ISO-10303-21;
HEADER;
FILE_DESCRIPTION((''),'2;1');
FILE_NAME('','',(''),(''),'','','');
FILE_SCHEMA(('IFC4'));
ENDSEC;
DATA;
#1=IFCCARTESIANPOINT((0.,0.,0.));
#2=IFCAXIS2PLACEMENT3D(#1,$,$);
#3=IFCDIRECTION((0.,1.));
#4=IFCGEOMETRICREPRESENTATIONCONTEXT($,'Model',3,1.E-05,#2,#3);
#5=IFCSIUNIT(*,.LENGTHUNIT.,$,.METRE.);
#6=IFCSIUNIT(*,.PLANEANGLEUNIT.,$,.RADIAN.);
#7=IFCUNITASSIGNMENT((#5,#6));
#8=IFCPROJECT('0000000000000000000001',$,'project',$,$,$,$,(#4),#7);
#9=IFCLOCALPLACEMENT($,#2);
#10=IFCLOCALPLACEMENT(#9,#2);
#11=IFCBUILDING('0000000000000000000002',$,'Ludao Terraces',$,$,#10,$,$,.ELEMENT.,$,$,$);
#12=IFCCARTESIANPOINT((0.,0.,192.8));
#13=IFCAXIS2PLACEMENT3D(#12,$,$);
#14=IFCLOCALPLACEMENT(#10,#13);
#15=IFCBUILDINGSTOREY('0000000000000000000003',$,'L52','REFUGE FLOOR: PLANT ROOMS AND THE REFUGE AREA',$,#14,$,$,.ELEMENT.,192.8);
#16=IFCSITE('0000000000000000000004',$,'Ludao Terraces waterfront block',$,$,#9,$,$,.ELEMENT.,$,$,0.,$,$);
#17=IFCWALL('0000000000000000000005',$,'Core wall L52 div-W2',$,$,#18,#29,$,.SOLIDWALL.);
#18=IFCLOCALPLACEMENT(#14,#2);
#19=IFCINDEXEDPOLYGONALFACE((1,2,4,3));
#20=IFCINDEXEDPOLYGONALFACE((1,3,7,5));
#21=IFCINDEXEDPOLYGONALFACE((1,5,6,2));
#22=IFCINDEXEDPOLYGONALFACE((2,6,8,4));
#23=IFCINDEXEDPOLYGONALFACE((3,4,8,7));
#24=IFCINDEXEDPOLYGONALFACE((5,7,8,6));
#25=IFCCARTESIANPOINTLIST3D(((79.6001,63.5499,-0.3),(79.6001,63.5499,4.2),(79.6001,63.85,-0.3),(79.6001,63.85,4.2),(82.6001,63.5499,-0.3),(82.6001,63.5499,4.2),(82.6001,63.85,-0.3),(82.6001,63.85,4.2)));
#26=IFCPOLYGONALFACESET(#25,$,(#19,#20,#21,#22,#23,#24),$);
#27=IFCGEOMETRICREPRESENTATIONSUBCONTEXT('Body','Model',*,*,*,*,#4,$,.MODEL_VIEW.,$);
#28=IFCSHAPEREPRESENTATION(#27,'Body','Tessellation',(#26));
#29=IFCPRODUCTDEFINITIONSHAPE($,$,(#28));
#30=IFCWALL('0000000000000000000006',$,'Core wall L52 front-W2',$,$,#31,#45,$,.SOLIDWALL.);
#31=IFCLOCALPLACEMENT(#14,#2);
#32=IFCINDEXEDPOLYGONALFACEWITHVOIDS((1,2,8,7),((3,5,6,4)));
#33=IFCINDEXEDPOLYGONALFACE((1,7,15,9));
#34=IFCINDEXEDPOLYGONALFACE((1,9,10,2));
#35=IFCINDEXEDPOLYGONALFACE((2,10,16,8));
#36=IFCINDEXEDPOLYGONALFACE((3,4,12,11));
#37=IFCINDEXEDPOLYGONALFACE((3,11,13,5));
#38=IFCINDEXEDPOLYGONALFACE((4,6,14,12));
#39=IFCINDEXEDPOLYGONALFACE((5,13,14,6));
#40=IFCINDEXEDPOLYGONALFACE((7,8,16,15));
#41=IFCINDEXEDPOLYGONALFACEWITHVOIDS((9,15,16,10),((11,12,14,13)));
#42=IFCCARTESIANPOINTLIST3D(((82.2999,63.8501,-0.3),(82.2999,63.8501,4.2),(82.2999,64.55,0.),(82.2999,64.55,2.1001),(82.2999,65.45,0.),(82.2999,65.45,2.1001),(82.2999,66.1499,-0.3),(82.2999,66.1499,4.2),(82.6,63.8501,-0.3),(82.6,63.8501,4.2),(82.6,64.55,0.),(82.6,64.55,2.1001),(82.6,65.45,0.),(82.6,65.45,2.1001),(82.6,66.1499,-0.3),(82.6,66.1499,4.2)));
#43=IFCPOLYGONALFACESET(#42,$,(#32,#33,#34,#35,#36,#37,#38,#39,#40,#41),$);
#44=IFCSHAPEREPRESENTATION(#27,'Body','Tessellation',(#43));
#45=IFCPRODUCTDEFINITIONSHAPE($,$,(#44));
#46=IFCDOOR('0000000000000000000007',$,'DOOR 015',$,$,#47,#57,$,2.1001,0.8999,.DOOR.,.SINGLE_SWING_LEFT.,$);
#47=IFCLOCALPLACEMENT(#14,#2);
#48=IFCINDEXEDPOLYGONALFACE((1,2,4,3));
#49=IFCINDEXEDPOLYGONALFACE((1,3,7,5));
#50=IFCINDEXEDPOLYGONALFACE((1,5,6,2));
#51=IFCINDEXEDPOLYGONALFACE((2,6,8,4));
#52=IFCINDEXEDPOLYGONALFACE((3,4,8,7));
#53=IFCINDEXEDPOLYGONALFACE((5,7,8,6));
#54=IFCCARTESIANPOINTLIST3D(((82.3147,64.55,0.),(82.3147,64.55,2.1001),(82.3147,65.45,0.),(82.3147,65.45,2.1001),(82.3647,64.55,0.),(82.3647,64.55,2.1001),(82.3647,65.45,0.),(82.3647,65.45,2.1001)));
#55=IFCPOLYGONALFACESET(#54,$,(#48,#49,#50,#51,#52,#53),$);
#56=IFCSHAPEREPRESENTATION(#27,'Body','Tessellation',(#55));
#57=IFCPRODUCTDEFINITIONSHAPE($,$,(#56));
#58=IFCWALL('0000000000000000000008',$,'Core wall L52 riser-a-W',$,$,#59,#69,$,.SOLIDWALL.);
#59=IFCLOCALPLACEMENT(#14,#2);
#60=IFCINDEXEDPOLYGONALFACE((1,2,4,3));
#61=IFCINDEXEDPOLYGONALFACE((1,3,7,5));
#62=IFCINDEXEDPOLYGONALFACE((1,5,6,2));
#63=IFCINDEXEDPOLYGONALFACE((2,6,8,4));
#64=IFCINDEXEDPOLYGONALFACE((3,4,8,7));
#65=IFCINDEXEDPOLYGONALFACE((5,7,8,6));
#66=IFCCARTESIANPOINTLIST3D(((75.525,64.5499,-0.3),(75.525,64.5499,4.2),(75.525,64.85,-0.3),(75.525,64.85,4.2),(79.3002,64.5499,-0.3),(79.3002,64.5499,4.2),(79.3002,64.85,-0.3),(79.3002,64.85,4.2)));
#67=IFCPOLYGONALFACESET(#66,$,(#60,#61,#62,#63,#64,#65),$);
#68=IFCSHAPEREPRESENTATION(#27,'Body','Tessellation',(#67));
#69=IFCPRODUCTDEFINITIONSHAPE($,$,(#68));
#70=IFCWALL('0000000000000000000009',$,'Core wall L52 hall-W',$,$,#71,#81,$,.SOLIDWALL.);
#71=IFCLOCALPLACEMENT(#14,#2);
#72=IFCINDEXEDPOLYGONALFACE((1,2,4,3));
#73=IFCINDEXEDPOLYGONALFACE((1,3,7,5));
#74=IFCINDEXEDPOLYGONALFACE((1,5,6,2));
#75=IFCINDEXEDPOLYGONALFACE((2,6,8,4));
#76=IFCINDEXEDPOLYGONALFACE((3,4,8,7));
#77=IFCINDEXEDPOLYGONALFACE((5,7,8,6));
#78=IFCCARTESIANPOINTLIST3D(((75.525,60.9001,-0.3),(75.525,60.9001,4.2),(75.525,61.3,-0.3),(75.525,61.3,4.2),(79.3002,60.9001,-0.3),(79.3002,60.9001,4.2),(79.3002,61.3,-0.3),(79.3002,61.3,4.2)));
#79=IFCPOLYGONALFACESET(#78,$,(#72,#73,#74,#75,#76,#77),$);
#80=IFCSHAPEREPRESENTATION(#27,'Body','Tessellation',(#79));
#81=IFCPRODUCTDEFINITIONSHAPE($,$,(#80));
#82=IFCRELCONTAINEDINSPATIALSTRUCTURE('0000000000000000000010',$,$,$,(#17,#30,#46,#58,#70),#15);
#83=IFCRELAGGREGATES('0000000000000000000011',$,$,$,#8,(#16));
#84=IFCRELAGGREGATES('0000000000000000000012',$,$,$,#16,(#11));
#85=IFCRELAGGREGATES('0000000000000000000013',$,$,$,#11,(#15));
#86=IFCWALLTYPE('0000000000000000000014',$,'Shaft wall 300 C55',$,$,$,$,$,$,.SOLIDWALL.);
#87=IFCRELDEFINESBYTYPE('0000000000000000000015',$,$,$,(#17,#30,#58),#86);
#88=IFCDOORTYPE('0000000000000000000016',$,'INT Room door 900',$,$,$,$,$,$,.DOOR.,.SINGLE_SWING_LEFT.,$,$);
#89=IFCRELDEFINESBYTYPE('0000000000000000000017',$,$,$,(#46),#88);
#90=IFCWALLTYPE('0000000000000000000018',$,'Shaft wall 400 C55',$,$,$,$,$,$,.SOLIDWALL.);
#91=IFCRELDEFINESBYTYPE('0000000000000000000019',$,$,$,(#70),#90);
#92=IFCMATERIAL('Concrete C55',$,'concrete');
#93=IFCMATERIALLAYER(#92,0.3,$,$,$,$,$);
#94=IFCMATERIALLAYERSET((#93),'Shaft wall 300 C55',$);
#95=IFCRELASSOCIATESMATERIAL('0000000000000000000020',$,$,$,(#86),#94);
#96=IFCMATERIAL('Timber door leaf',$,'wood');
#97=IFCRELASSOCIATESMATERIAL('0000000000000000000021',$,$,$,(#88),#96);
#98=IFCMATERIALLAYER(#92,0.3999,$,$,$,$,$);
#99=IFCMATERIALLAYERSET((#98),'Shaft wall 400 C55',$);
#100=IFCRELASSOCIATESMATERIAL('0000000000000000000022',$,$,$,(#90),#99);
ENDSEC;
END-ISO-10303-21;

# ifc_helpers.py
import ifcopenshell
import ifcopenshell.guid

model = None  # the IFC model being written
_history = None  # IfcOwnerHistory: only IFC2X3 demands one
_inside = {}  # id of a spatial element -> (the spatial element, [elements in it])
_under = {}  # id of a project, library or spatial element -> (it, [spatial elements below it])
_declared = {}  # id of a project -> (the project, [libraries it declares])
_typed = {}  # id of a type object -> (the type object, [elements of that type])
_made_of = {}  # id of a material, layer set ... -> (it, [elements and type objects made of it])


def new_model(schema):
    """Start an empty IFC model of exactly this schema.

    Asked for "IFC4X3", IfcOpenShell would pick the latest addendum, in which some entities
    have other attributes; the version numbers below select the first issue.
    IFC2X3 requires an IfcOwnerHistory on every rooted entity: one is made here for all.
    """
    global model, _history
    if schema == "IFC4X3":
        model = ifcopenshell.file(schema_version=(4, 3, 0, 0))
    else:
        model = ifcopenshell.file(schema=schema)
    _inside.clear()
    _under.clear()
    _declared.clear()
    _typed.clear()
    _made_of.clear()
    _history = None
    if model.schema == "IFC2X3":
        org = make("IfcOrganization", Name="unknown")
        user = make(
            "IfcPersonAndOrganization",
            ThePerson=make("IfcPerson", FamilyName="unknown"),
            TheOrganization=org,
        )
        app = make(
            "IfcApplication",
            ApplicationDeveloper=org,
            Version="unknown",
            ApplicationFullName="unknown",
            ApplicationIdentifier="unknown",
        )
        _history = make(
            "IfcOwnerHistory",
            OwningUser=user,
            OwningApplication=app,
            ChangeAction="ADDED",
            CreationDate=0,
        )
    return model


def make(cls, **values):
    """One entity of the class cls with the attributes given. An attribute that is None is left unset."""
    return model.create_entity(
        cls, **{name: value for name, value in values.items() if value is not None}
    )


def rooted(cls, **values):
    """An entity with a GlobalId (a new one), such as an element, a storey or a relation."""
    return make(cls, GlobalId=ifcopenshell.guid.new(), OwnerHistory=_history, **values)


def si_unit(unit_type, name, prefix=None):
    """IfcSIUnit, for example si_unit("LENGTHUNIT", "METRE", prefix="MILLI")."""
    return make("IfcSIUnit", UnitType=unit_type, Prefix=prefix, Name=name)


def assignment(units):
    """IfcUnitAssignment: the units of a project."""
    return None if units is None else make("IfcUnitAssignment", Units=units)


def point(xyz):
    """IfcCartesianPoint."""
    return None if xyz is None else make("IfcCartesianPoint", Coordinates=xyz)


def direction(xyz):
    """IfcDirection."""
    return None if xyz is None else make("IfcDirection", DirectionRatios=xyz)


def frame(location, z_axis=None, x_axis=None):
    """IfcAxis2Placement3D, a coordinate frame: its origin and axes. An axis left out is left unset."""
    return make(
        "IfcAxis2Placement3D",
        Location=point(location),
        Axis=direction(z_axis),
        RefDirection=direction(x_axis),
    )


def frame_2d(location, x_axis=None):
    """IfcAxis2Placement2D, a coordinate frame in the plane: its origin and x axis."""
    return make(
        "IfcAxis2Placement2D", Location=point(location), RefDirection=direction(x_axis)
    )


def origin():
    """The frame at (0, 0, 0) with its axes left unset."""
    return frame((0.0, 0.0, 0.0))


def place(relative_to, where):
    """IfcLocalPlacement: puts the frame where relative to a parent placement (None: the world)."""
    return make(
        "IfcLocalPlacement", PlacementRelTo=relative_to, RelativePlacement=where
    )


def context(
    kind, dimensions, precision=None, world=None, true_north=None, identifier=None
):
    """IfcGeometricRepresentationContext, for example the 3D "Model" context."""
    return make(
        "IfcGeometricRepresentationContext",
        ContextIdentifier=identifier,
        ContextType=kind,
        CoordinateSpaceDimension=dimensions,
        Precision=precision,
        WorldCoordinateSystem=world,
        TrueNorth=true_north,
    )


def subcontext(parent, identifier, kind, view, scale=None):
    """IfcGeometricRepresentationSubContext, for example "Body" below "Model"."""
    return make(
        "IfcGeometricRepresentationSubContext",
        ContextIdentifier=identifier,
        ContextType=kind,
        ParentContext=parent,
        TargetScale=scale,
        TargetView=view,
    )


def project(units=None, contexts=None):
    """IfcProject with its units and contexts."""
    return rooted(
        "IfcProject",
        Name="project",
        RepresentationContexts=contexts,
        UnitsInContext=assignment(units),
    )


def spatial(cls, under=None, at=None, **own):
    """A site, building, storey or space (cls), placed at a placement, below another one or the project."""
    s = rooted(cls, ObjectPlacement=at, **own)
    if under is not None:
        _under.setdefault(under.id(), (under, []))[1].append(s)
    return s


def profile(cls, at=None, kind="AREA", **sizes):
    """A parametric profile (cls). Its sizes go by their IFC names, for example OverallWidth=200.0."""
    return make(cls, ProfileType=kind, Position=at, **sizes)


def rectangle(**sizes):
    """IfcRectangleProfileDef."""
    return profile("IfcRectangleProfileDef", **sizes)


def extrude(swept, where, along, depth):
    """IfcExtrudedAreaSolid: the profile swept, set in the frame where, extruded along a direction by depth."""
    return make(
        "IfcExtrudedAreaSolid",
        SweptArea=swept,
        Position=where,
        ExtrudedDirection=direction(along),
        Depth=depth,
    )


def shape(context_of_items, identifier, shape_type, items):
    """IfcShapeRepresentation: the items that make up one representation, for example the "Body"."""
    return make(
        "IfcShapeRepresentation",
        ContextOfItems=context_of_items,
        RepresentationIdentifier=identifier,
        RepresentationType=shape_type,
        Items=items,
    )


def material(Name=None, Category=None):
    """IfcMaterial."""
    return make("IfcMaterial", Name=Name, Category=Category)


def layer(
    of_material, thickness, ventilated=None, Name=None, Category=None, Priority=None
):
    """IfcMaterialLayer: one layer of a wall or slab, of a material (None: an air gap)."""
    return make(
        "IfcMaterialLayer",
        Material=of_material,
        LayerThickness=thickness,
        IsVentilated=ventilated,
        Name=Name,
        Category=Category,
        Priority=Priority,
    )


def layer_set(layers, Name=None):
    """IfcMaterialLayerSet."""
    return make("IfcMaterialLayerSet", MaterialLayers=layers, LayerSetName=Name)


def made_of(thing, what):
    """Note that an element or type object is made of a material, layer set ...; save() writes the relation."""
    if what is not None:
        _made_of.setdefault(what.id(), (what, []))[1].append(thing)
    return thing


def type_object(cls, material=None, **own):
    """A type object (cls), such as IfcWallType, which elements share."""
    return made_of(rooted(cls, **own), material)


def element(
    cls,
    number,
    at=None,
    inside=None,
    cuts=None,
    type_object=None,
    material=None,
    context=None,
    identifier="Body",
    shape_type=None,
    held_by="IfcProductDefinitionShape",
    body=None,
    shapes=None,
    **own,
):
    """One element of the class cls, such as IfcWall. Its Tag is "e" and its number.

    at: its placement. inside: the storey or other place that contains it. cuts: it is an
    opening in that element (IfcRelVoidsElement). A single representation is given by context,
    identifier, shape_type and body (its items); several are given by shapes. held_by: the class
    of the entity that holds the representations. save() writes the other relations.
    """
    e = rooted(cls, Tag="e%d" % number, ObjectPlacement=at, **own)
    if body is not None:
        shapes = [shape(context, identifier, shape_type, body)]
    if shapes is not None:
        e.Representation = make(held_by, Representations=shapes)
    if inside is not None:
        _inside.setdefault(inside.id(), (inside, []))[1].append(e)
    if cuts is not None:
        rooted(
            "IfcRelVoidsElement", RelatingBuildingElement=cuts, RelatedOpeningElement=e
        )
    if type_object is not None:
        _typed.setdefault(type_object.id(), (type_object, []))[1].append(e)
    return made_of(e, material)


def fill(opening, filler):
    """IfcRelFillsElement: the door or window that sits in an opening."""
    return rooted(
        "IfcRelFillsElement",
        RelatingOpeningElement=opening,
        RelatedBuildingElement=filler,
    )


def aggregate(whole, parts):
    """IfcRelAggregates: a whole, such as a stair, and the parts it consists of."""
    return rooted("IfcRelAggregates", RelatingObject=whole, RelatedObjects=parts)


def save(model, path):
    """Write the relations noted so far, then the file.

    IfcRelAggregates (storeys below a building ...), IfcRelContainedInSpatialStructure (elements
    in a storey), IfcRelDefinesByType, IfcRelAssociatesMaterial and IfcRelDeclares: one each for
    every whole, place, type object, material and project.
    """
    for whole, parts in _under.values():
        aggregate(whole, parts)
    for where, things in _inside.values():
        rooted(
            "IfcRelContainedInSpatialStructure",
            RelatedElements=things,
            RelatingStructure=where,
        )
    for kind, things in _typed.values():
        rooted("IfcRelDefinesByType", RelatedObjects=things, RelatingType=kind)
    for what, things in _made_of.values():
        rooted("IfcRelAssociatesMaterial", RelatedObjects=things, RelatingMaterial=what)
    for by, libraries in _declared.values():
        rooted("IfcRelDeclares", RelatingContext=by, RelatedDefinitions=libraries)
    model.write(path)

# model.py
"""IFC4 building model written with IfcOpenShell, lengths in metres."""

from ifc_helpers import new_model, si_unit, direction, frame, frame_2d, origin, place, context, subcontext, project, spatial, rectangle, extrude, material, layer, layer_set, type_object, element, fill, save


model = new_model("IFC4")

# Units and contexts
model_context = context("Model", 3, precision=1e-05, world=origin(), true_north=direction((0.0, 1.0)))
body_context = subcontext(model_context, "Body", "Model", "MODEL_VIEW")
ifc_project = project(units=[si_unit("LENGTHUNIT", "METRE"), si_unit("PLANEANGLEUNIT", "RADIAN")], contexts=[model_context])

# Site, building, storey
site_placement = place(None, origin())
site = spatial("IfcSite", under=ifc_project, at=site_placement, Name="Ludao Terraces waterfront block", CompositionType="ELEMENT", RefElevation=0.0)
building_placement = place(site_placement, origin())
building = spatial("IfcBuilding", under=site, at=building_placement, Name="Ludao Terraces", CompositionType="ELEMENT")
storey_placement = place(building_placement, frame((0.0, 0.0, 192.8)))
storey = spatial("IfcBuildingStorey", under=building, at=storey_placement, Name="L52", Description="REFUGE FLOOR: PLANT ROOMS AND THE REFUGE AREA", CompositionType="ELEMENT", Elevation=192.8)

# Shared definitions
ifc_material_1 = material(Name="Timber door leaf", Category="wood")

# Shared definitions
ifc_material_2 = material(Name="Concrete C55", Category="concrete")
ifc_layer_1 = layer(ifc_material_2, 0.3)
ifc_layer_set_1 = layer_set([ifc_layer_1], Name="Shaft wall 300 C55")
wall_type_1 = type_object("IfcWallType", Name="Shaft wall 300 C55", PredefinedType="SOLIDWALL", material=ifc_layer_set_1)

# Shared definitions
door_type_1 = type_object("IfcDoorType", Name="INT Room door 900", OperationType="SINGLE_SWING_LEFT", PredefinedType="DOOR", material=ifc_material_1)

# Wall
wall_1_placement = place(storey_placement, frame((79.6001, 63.7, -0.3), z_axis=(0.0, 0.0, 1.0), x_axis=(1.0, 0.0, 0.0)))
element("IfcWall", 1, at=wall_1_placement, inside=storey, type_object=wall_type_1, Name="Core wall L52 div-W2", PredefinedType="SOLIDWALL", context=body_context, shape_type="SweptSolid", body=[
    extrude(rectangle(XDim=3.0, YDim=0.3, at=frame_2d((1.5, 0.0))), origin(), (0.0, 0.0, 1.0), 4.5),
])

# Wall, opening, door
wall_2_placement = place(storey_placement, frame((82.45, 63.8501, -0.3), z_axis=(0.0, 0.0, 1.0), x_axis=(0.0, 1.0, 0.0)))
wall_2 = element("IfcWall", 2, at=wall_2_placement, inside=storey, type_object=wall_type_1, Name="Core wall L52 front-W2", PredefinedType="SOLIDWALL", context=body_context, shape_type="SweptSolid", body=[
    extrude(rectangle(XDim=2.2998, YDim=0.3, at=frame_2d((1.1499, 0.0))), origin(), (0.0, 0.0, 1.0), 4.5),
])
opening_1_placement = place(wall_2_placement, frame((0.7, 0.0, 0.3)))
opening_1 = element("IfcOpeningElement", 3, at=opening_1_placement, cuts=wall_2, PredefinedType="OPENING", context=body_context, shape_type="SweptSolid", body=[
    extrude(rectangle(XDim=0.8999, YDim=2.1001, at=frame_2d((0.45, 1.05))), frame((0.0, 0.1602, 0.0), z_axis=(0.0, -1.0, 0.0), x_axis=(1.0, 0.0, 0.0)), (0.0, 0.0, 1.0), 0.3201),
])
door_1_placement = place(opening_1_placement, origin())
door_1 = element("IfcDoor", 4, at=door_1_placement, inside=storey, type_object=door_type_1, Name="DOOR 015", OperationType="SINGLE_SWING_LEFT", OverallHeight=2.1001, OverallWidth=0.8999, PredefinedType="DOOR", context=body_context, shape_type="SweptSolid", body=[
    extrude(rectangle(XDim=0.8999, YDim=2.1001, at=frame_2d((0.45, 1.05))), frame((0.0, 0.1353, 0.0), z_axis=(0.0, -1.0, 0.0), x_axis=(1.0, 0.0, 0.0)), (0.0, 0.0, 1.0), 0.05),
])
fill(opening_1, door_1)

# Walls
wall_3_placement = place(storey_placement, frame((75.5249, 64.7, -0.3), z_axis=(0.0, 0.0, 1.0), x_axis=(1.0, 0.0, 0.0)))
element("IfcWall", 5, at=wall_3_placement, inside=storey, type_object=wall_type_1, Name="Core wall L52 riser-a-W", PredefinedType="SOLIDWALL", context=body_context, shape_type="SweptSolid", body=[
    extrude(rectangle(XDim=3.7751, YDim=0.3, at=frame_2d((1.8877, 0.0))), origin(), (0.0, 0.0, 1.0), 4.5),
])
ifc_layer_2 = layer(ifc_material_2, 0.3999)
ifc_layer_set_2 = layer_set([ifc_layer_2], Name="Shaft wall 400 C55")
wall_type_2 = type_object("IfcWallType", Name="Shaft wall 400 C55", PredefinedType="SOLIDWALL", material=ifc_layer_set_2)
wall_4_placement = place(storey_placement, frame((75.5249, 61.1001, -0.3), z_axis=(0.0, 0.0, 1.0), x_axis=(1.0, 0.0, 0.0)))
element("IfcWall", 6, at=wall_4_placement, inside=storey, type_object=wall_type_2, Name="Core wall L52 hall-W", PredefinedType="SOLIDWALL", context=body_context, shape_type="SweptSolid", body=[
    extrude(rectangle(XDim=3.7751, YDim=0.3999, at=frame_2d((1.8877, 0.0))), origin(), (0.0, 0.0, 1.0), 4.5),
])

save(model, "model.ifc")
